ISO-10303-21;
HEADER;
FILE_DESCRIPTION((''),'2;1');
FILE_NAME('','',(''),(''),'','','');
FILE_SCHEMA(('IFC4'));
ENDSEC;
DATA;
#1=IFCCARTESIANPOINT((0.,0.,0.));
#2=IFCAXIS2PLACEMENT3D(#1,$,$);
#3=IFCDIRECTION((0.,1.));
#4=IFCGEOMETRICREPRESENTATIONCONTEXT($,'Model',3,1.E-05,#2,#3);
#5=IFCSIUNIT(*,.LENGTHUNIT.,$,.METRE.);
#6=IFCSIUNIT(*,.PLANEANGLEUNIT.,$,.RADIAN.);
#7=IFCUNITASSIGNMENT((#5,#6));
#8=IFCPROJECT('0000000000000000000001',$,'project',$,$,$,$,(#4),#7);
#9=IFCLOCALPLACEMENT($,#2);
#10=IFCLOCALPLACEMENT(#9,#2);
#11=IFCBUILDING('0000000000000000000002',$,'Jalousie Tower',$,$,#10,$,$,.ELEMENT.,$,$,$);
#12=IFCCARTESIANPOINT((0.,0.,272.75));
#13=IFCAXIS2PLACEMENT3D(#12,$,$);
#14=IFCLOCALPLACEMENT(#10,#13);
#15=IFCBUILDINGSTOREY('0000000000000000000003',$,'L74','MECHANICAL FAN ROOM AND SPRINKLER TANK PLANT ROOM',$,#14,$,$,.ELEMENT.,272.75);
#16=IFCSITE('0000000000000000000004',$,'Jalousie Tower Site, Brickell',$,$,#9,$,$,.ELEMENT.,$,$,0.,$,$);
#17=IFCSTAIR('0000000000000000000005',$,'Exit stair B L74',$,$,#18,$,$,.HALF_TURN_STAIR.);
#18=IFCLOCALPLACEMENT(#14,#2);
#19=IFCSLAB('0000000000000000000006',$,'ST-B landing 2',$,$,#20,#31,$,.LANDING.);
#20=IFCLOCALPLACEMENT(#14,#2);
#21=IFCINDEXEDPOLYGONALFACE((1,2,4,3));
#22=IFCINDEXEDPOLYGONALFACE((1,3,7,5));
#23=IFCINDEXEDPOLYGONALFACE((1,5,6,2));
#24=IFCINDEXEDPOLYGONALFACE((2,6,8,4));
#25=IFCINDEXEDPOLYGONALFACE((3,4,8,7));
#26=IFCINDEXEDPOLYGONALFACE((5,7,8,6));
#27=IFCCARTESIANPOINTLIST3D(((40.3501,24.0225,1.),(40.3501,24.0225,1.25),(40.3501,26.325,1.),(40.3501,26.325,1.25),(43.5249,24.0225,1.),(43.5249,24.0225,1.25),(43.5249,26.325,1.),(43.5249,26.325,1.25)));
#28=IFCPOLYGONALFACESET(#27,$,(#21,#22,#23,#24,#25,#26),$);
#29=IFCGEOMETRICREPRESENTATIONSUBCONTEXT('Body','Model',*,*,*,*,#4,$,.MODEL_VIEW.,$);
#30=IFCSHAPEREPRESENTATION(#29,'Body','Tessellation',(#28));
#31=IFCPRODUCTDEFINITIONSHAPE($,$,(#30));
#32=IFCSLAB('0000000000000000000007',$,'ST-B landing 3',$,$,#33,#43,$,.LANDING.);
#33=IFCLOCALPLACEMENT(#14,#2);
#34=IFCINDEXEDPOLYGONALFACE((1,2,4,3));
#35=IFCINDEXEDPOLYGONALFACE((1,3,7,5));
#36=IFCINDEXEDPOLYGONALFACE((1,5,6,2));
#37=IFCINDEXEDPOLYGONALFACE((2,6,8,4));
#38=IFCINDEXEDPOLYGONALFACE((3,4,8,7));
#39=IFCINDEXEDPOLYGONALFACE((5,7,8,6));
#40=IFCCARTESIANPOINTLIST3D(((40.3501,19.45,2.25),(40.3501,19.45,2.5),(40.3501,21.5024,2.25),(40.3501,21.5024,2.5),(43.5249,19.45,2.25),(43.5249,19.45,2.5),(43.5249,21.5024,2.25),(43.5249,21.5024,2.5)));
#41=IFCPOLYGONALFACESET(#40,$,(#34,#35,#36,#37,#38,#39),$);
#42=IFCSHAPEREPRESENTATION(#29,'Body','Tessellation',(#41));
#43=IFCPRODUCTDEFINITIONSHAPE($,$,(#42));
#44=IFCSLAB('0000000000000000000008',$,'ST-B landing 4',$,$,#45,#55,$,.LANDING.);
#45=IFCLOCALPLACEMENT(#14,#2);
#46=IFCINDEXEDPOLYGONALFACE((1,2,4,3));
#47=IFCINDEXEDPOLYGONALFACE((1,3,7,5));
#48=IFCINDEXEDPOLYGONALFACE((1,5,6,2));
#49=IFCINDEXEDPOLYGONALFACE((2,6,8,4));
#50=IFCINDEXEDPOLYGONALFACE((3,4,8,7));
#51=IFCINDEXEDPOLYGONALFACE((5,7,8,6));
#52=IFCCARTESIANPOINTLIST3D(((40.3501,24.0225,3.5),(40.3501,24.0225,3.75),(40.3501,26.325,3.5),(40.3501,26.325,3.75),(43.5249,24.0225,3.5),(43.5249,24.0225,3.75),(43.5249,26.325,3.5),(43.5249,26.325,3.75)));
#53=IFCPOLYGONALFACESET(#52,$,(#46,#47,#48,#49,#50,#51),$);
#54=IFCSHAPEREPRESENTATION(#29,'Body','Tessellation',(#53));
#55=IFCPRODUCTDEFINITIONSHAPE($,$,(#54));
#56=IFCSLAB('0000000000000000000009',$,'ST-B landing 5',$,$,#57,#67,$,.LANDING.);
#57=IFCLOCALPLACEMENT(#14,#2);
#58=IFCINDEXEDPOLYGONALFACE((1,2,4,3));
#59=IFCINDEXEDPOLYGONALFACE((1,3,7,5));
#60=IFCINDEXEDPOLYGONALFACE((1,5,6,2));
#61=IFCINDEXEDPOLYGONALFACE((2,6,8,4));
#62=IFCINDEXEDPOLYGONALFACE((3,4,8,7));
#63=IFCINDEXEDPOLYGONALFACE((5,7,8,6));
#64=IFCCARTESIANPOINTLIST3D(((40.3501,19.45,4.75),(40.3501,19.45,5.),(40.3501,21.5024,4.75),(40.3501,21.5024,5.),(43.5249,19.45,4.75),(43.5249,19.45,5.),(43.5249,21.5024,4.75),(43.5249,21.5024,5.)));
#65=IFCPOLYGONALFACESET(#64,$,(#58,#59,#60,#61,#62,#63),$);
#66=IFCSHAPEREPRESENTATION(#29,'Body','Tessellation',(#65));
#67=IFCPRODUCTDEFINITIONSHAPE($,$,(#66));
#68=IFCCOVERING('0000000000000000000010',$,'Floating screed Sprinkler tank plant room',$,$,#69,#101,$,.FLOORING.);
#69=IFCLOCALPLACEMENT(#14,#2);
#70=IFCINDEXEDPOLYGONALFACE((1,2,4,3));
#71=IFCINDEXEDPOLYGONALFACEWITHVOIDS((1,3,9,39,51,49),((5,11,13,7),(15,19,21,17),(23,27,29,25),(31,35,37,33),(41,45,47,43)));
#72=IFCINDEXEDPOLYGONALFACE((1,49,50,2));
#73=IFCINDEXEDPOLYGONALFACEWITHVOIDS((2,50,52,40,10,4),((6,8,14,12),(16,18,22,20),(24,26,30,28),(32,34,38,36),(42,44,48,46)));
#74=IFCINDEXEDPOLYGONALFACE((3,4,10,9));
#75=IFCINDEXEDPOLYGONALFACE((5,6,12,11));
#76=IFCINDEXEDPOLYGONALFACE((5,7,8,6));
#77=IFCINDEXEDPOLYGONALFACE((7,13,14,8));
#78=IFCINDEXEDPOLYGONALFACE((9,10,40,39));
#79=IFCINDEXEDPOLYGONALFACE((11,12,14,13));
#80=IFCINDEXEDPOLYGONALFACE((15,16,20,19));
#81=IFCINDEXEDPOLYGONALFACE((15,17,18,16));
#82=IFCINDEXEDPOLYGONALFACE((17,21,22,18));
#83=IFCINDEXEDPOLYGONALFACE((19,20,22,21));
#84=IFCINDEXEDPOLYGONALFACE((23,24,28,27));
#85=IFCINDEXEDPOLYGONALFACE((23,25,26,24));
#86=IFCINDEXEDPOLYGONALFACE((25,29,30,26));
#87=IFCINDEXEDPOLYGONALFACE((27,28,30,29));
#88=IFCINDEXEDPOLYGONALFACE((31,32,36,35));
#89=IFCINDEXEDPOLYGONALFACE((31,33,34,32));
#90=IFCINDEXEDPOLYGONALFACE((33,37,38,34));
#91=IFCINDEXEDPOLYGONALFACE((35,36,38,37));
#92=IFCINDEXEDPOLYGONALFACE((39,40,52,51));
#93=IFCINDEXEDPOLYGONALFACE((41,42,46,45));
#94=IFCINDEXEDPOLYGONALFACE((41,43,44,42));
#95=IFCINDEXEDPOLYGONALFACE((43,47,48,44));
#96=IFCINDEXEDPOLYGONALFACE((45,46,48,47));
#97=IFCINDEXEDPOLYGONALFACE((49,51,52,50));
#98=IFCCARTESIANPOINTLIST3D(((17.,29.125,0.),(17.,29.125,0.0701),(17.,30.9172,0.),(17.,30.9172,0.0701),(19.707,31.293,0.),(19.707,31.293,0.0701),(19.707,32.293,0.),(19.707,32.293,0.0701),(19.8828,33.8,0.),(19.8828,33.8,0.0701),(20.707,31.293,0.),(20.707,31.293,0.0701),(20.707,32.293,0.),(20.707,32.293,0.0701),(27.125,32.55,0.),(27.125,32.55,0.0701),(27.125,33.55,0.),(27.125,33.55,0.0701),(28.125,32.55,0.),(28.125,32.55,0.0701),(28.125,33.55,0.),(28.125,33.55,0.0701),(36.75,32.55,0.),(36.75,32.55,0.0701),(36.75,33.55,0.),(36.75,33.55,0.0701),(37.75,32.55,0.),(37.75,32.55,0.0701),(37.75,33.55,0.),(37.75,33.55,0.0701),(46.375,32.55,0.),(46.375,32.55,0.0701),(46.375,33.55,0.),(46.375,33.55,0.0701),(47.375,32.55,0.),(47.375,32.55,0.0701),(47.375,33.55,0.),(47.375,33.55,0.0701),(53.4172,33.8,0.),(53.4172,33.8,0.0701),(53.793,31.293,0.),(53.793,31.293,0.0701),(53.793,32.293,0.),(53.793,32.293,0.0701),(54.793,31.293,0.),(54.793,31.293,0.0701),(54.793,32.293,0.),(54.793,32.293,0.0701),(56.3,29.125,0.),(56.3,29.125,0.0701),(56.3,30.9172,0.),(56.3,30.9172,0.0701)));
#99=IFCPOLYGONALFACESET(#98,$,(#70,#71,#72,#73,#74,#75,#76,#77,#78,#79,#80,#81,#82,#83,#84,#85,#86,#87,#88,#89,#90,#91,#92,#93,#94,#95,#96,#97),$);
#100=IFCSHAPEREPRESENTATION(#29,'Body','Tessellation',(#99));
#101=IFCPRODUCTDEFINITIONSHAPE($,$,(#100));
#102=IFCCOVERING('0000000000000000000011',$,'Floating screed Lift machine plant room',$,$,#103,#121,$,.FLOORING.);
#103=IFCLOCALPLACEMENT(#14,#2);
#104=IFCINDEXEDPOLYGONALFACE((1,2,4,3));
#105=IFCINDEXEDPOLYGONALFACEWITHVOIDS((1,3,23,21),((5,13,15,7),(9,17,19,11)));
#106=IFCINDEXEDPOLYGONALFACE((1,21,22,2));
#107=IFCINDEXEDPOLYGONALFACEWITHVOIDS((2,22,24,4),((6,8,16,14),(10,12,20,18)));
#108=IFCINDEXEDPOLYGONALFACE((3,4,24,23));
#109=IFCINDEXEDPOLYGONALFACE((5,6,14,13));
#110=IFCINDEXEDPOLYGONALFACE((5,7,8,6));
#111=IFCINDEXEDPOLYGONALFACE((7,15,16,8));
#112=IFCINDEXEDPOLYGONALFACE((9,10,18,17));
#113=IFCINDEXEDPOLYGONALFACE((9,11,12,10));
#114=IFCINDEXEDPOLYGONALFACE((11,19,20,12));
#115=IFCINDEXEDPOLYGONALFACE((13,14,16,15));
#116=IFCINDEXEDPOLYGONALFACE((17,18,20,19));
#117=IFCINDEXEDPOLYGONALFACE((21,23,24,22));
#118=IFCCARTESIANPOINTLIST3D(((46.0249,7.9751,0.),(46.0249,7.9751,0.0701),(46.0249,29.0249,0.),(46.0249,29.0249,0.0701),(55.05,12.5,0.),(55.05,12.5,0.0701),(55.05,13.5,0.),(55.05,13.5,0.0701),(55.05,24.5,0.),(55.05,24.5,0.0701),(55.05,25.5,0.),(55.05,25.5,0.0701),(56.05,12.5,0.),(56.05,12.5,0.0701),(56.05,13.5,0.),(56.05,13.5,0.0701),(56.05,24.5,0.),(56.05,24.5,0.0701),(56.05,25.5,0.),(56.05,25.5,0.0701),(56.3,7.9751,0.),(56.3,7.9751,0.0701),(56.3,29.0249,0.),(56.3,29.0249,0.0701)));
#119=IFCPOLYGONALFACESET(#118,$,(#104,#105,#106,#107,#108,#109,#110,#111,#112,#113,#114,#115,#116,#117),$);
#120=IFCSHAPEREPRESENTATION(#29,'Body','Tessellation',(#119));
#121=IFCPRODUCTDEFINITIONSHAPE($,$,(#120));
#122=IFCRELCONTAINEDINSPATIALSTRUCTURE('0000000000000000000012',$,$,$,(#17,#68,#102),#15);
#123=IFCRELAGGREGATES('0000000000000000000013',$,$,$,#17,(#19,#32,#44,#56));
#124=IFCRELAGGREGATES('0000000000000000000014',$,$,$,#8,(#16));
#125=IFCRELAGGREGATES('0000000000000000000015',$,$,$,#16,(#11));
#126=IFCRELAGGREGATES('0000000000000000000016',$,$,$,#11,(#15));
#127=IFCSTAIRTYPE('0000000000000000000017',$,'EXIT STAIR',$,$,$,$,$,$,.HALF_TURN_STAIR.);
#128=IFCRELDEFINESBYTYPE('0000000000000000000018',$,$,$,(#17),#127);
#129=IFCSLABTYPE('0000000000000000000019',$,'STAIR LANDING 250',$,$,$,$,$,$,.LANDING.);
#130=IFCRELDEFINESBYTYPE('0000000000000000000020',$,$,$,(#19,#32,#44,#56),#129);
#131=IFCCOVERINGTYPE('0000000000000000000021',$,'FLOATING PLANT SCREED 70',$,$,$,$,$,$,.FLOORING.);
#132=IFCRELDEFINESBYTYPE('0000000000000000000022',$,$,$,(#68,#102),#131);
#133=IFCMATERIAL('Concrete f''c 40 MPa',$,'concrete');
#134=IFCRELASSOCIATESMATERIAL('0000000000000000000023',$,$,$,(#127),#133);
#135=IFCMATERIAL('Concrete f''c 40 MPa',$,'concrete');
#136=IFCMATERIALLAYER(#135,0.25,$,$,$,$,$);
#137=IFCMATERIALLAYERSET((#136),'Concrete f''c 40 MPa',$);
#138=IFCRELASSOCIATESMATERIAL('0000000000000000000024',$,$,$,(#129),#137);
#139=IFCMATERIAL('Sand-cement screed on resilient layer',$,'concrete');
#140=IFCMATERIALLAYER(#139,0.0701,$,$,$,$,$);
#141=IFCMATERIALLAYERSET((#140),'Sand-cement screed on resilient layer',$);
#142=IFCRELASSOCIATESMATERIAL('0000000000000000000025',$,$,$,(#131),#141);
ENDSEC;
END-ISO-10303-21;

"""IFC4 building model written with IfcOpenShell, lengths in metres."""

from ifc_helpers import new_model, si_unit, direction, frame, origin, place, context, subcontext, project, spatial, polyline, outline, extrude, material, layer, layer_set, type_object, element, aggregate, save


model = new_model("IFC4")

# Units and contexts
model_context = context("Model", 3, precision=1e-05, world=origin(), true_north=direction((0.0, 1.0)))
body_context = subcontext(model_context, "Body", "Model", "MODEL_VIEW")
ifc_project = project(units=[si_unit("LENGTHUNIT", "METRE"), si_unit("PLANEANGLEUNIT", "RADIAN")], contexts=[model_context])

# Site, building, storey
site_placement = place(None, origin())
site = spatial("IfcSite", under=ifc_project, at=site_placement, Name="Jalousie Tower Site, Brickell", CompositionType="ELEMENT", RefElevation=0.0)
building_placement = place(site_placement, origin())
building = spatial("IfcBuilding", under=site, at=building_placement, Name="Jalousie Tower", CompositionType="ELEMENT")
storey_placement = place(building_placement, frame((0.0, 0.0, 272.75)))
storey = spatial("IfcBuildingStorey", under=building, at=storey_placement, Name="L74", Description="MECHANICAL FAN ROOM AND SPRINKLER TANK PLANT ROOM", CompositionType="ELEMENT", Elevation=272.75)

# Stair, slabs
ifc_material_1 = material(Name="Concrete f'c 40 MPa", Category="concrete")
stair_type = type_object("IfcStairType", Name="EXIT STAIR", PredefinedType="HALF_TURN_STAIR", material=ifc_material_1)
ifc_material_2 = material(Name="Concrete f'c 40 MPa", Category="concrete")
ifc_layer_1 = layer(ifc_material_2, 0.25)
ifc_layer_set_1 = layer_set([ifc_layer_1], Name="Concrete f'c 40 MPa")
slab_type_1 = type_object("IfcSlabType", Name="STAIR LANDING 250", PredefinedType="LANDING", material=ifc_layer_set_1)
stair_1_placement = place(storey_placement, origin())
stair_1 = element("IfcStair", 1, at=stair_1_placement, inside=storey, type_object=stair_type, Name="Exit stair B L74", PredefinedType="HALF_TURN_STAIR")
slab_1_placement = place(storey_placement, frame((0.0, 0.0, 1.0)))
slab_1 = element("IfcSlab", 2, at=slab_1_placement, type_object=slab_type_1, Name="ST-B landing 2", PredefinedType="LANDING", context=body_context, shape_type="SweptSolid", body=[
    extrude(outline(polyline([(40.3501, 24.0225), (43.5249, 24.0225), (43.5249, 26.325), (40.3501, 26.325), (40.3501, 24.0225)])), origin(), (0.0, 0.0, 1.0), 0.25),
])
slab_2_placement = place(storey_placement, frame((0.0, 0.0, 2.25)))
slab_2 = element("IfcSlab", 3, at=slab_2_placement, type_object=slab_type_1, Name="ST-B landing 3", PredefinedType="LANDING", context=body_context, shape_type="SweptSolid", body=[
    extrude(outline(polyline([(40.3501, 19.45), (43.5249, 19.45), (43.5249, 21.5024), (40.3501, 21.5024), (40.3501, 19.45)])), origin(), (0.0, 0.0, 1.0), 0.25),
])
slab_3_placement = place(storey_placement, frame((0.0, 0.0, 3.5)))
slab_3 = element("IfcSlab", 4, at=slab_3_placement, type_object=slab_type_1, Name="ST-B landing 4", PredefinedType="LANDING", context=body_context, shape_type="SweptSolid", body=[
    extrude(outline(polyline([(40.3501, 24.0225), (43.5249, 24.0225), (43.5249, 26.325), (40.3501, 26.325), (40.3501, 24.0225)])), origin(), (0.0, 0.0, 1.0), 0.25),
])
slab_4_placement = place(storey_placement, frame((0.0, 0.0, 4.75)))
slab_4 = element("IfcSlab", 5, at=slab_4_placement, type_object=slab_type_1, Name="ST-B landing 5", PredefinedType="LANDING", context=body_context, shape_type="SweptSolid", body=[
    extrude(outline(polyline([(40.3501, 19.45), (43.5249, 19.45), (43.5249, 21.5024), (40.3501, 21.5024), (40.3501, 19.45)])), origin(), (0.0, 0.0, 1.0), 0.25),
])
aggregate(stair_1, [slab_1, slab_2, slab_3, slab_4])

# Coverings
ifc_material_3 = material(Name="Sand-cement screed on resilient layer", Category="concrete")
ifc_layer_2 = layer(ifc_material_3, 0.0701)
ifc_layer_set_2 = layer_set([ifc_layer_2], Name="Sand-cement screed on resilient layer")
covering_type = type_object("IfcCoveringType", Name="FLOATING PLANT SCREED 70", PredefinedType="FLOORING", material=ifc_layer_set_2)
covering_1_placement = place(storey_placement, origin())
element("IfcCovering", 6, at=covering_1_placement, inside=storey, type_object=covering_type, Name="Floating screed Sprinkler tank plant room", PredefinedType="FLOORING", context=body_context, shape_type="SweptSolid", body=[
    extrude(outline(polyline([(17.0, 30.9172), (19.8828, 33.8), (53.4172, 33.8), (56.3, 30.9172), (56.3, 29.125), (17.0, 29.125), (17.0, 30.9172)]), holes=[polyline([(53.793, 31.293), (54.793, 31.293), (54.793, 32.293), (53.793, 32.293), (53.793, 31.293)]), polyline([(46.375, 33.55), (46.375, 32.55), (47.375, 32.55), (47.375, 33.55), (46.375, 33.55)]), polyline([(36.75, 33.55), (36.75, 32.55), (37.75, 32.55), (37.75, 33.55), (36.75, 33.55)]), polyline([(27.125, 32.55), (28.125, 32.55), (28.125, 33.55), (27.125, 33.55), (27.125, 32.55)]), polyline([(19.707, 31.293), (20.707, 31.293), (20.707, 32.293), (19.707, 32.293), (19.707, 31.293)])]), origin(), (0.0, 0.0, 1.0), 0.0701),
])
covering_2_placement = place(storey_placement, origin())
element("IfcCovering", 7, at=covering_2_placement, inside=storey, type_object=covering_type, Name="Floating screed Lift machine plant room", PredefinedType="FLOORING", context=body_context, shape_type="SweptSolid", body=[
    extrude(outline(polyline([(56.3, 29.0249), (56.3, 7.9751), (46.0249, 7.9751), (46.0249, 29.0249), (56.3, 29.0249)]), holes=[polyline([(55.05, 12.5), (56.05, 12.5), (56.05, 13.5), (55.05, 13.5), (55.05, 12.5)]), polyline([(55.05, 24.5), (56.05, 24.5), (56.05, 25.5), (55.05, 25.5), (55.05, 24.5)])]), origin(), (0.0, 0.0, 1.0), 0.0701),
])

save(model, "model.ifc")
